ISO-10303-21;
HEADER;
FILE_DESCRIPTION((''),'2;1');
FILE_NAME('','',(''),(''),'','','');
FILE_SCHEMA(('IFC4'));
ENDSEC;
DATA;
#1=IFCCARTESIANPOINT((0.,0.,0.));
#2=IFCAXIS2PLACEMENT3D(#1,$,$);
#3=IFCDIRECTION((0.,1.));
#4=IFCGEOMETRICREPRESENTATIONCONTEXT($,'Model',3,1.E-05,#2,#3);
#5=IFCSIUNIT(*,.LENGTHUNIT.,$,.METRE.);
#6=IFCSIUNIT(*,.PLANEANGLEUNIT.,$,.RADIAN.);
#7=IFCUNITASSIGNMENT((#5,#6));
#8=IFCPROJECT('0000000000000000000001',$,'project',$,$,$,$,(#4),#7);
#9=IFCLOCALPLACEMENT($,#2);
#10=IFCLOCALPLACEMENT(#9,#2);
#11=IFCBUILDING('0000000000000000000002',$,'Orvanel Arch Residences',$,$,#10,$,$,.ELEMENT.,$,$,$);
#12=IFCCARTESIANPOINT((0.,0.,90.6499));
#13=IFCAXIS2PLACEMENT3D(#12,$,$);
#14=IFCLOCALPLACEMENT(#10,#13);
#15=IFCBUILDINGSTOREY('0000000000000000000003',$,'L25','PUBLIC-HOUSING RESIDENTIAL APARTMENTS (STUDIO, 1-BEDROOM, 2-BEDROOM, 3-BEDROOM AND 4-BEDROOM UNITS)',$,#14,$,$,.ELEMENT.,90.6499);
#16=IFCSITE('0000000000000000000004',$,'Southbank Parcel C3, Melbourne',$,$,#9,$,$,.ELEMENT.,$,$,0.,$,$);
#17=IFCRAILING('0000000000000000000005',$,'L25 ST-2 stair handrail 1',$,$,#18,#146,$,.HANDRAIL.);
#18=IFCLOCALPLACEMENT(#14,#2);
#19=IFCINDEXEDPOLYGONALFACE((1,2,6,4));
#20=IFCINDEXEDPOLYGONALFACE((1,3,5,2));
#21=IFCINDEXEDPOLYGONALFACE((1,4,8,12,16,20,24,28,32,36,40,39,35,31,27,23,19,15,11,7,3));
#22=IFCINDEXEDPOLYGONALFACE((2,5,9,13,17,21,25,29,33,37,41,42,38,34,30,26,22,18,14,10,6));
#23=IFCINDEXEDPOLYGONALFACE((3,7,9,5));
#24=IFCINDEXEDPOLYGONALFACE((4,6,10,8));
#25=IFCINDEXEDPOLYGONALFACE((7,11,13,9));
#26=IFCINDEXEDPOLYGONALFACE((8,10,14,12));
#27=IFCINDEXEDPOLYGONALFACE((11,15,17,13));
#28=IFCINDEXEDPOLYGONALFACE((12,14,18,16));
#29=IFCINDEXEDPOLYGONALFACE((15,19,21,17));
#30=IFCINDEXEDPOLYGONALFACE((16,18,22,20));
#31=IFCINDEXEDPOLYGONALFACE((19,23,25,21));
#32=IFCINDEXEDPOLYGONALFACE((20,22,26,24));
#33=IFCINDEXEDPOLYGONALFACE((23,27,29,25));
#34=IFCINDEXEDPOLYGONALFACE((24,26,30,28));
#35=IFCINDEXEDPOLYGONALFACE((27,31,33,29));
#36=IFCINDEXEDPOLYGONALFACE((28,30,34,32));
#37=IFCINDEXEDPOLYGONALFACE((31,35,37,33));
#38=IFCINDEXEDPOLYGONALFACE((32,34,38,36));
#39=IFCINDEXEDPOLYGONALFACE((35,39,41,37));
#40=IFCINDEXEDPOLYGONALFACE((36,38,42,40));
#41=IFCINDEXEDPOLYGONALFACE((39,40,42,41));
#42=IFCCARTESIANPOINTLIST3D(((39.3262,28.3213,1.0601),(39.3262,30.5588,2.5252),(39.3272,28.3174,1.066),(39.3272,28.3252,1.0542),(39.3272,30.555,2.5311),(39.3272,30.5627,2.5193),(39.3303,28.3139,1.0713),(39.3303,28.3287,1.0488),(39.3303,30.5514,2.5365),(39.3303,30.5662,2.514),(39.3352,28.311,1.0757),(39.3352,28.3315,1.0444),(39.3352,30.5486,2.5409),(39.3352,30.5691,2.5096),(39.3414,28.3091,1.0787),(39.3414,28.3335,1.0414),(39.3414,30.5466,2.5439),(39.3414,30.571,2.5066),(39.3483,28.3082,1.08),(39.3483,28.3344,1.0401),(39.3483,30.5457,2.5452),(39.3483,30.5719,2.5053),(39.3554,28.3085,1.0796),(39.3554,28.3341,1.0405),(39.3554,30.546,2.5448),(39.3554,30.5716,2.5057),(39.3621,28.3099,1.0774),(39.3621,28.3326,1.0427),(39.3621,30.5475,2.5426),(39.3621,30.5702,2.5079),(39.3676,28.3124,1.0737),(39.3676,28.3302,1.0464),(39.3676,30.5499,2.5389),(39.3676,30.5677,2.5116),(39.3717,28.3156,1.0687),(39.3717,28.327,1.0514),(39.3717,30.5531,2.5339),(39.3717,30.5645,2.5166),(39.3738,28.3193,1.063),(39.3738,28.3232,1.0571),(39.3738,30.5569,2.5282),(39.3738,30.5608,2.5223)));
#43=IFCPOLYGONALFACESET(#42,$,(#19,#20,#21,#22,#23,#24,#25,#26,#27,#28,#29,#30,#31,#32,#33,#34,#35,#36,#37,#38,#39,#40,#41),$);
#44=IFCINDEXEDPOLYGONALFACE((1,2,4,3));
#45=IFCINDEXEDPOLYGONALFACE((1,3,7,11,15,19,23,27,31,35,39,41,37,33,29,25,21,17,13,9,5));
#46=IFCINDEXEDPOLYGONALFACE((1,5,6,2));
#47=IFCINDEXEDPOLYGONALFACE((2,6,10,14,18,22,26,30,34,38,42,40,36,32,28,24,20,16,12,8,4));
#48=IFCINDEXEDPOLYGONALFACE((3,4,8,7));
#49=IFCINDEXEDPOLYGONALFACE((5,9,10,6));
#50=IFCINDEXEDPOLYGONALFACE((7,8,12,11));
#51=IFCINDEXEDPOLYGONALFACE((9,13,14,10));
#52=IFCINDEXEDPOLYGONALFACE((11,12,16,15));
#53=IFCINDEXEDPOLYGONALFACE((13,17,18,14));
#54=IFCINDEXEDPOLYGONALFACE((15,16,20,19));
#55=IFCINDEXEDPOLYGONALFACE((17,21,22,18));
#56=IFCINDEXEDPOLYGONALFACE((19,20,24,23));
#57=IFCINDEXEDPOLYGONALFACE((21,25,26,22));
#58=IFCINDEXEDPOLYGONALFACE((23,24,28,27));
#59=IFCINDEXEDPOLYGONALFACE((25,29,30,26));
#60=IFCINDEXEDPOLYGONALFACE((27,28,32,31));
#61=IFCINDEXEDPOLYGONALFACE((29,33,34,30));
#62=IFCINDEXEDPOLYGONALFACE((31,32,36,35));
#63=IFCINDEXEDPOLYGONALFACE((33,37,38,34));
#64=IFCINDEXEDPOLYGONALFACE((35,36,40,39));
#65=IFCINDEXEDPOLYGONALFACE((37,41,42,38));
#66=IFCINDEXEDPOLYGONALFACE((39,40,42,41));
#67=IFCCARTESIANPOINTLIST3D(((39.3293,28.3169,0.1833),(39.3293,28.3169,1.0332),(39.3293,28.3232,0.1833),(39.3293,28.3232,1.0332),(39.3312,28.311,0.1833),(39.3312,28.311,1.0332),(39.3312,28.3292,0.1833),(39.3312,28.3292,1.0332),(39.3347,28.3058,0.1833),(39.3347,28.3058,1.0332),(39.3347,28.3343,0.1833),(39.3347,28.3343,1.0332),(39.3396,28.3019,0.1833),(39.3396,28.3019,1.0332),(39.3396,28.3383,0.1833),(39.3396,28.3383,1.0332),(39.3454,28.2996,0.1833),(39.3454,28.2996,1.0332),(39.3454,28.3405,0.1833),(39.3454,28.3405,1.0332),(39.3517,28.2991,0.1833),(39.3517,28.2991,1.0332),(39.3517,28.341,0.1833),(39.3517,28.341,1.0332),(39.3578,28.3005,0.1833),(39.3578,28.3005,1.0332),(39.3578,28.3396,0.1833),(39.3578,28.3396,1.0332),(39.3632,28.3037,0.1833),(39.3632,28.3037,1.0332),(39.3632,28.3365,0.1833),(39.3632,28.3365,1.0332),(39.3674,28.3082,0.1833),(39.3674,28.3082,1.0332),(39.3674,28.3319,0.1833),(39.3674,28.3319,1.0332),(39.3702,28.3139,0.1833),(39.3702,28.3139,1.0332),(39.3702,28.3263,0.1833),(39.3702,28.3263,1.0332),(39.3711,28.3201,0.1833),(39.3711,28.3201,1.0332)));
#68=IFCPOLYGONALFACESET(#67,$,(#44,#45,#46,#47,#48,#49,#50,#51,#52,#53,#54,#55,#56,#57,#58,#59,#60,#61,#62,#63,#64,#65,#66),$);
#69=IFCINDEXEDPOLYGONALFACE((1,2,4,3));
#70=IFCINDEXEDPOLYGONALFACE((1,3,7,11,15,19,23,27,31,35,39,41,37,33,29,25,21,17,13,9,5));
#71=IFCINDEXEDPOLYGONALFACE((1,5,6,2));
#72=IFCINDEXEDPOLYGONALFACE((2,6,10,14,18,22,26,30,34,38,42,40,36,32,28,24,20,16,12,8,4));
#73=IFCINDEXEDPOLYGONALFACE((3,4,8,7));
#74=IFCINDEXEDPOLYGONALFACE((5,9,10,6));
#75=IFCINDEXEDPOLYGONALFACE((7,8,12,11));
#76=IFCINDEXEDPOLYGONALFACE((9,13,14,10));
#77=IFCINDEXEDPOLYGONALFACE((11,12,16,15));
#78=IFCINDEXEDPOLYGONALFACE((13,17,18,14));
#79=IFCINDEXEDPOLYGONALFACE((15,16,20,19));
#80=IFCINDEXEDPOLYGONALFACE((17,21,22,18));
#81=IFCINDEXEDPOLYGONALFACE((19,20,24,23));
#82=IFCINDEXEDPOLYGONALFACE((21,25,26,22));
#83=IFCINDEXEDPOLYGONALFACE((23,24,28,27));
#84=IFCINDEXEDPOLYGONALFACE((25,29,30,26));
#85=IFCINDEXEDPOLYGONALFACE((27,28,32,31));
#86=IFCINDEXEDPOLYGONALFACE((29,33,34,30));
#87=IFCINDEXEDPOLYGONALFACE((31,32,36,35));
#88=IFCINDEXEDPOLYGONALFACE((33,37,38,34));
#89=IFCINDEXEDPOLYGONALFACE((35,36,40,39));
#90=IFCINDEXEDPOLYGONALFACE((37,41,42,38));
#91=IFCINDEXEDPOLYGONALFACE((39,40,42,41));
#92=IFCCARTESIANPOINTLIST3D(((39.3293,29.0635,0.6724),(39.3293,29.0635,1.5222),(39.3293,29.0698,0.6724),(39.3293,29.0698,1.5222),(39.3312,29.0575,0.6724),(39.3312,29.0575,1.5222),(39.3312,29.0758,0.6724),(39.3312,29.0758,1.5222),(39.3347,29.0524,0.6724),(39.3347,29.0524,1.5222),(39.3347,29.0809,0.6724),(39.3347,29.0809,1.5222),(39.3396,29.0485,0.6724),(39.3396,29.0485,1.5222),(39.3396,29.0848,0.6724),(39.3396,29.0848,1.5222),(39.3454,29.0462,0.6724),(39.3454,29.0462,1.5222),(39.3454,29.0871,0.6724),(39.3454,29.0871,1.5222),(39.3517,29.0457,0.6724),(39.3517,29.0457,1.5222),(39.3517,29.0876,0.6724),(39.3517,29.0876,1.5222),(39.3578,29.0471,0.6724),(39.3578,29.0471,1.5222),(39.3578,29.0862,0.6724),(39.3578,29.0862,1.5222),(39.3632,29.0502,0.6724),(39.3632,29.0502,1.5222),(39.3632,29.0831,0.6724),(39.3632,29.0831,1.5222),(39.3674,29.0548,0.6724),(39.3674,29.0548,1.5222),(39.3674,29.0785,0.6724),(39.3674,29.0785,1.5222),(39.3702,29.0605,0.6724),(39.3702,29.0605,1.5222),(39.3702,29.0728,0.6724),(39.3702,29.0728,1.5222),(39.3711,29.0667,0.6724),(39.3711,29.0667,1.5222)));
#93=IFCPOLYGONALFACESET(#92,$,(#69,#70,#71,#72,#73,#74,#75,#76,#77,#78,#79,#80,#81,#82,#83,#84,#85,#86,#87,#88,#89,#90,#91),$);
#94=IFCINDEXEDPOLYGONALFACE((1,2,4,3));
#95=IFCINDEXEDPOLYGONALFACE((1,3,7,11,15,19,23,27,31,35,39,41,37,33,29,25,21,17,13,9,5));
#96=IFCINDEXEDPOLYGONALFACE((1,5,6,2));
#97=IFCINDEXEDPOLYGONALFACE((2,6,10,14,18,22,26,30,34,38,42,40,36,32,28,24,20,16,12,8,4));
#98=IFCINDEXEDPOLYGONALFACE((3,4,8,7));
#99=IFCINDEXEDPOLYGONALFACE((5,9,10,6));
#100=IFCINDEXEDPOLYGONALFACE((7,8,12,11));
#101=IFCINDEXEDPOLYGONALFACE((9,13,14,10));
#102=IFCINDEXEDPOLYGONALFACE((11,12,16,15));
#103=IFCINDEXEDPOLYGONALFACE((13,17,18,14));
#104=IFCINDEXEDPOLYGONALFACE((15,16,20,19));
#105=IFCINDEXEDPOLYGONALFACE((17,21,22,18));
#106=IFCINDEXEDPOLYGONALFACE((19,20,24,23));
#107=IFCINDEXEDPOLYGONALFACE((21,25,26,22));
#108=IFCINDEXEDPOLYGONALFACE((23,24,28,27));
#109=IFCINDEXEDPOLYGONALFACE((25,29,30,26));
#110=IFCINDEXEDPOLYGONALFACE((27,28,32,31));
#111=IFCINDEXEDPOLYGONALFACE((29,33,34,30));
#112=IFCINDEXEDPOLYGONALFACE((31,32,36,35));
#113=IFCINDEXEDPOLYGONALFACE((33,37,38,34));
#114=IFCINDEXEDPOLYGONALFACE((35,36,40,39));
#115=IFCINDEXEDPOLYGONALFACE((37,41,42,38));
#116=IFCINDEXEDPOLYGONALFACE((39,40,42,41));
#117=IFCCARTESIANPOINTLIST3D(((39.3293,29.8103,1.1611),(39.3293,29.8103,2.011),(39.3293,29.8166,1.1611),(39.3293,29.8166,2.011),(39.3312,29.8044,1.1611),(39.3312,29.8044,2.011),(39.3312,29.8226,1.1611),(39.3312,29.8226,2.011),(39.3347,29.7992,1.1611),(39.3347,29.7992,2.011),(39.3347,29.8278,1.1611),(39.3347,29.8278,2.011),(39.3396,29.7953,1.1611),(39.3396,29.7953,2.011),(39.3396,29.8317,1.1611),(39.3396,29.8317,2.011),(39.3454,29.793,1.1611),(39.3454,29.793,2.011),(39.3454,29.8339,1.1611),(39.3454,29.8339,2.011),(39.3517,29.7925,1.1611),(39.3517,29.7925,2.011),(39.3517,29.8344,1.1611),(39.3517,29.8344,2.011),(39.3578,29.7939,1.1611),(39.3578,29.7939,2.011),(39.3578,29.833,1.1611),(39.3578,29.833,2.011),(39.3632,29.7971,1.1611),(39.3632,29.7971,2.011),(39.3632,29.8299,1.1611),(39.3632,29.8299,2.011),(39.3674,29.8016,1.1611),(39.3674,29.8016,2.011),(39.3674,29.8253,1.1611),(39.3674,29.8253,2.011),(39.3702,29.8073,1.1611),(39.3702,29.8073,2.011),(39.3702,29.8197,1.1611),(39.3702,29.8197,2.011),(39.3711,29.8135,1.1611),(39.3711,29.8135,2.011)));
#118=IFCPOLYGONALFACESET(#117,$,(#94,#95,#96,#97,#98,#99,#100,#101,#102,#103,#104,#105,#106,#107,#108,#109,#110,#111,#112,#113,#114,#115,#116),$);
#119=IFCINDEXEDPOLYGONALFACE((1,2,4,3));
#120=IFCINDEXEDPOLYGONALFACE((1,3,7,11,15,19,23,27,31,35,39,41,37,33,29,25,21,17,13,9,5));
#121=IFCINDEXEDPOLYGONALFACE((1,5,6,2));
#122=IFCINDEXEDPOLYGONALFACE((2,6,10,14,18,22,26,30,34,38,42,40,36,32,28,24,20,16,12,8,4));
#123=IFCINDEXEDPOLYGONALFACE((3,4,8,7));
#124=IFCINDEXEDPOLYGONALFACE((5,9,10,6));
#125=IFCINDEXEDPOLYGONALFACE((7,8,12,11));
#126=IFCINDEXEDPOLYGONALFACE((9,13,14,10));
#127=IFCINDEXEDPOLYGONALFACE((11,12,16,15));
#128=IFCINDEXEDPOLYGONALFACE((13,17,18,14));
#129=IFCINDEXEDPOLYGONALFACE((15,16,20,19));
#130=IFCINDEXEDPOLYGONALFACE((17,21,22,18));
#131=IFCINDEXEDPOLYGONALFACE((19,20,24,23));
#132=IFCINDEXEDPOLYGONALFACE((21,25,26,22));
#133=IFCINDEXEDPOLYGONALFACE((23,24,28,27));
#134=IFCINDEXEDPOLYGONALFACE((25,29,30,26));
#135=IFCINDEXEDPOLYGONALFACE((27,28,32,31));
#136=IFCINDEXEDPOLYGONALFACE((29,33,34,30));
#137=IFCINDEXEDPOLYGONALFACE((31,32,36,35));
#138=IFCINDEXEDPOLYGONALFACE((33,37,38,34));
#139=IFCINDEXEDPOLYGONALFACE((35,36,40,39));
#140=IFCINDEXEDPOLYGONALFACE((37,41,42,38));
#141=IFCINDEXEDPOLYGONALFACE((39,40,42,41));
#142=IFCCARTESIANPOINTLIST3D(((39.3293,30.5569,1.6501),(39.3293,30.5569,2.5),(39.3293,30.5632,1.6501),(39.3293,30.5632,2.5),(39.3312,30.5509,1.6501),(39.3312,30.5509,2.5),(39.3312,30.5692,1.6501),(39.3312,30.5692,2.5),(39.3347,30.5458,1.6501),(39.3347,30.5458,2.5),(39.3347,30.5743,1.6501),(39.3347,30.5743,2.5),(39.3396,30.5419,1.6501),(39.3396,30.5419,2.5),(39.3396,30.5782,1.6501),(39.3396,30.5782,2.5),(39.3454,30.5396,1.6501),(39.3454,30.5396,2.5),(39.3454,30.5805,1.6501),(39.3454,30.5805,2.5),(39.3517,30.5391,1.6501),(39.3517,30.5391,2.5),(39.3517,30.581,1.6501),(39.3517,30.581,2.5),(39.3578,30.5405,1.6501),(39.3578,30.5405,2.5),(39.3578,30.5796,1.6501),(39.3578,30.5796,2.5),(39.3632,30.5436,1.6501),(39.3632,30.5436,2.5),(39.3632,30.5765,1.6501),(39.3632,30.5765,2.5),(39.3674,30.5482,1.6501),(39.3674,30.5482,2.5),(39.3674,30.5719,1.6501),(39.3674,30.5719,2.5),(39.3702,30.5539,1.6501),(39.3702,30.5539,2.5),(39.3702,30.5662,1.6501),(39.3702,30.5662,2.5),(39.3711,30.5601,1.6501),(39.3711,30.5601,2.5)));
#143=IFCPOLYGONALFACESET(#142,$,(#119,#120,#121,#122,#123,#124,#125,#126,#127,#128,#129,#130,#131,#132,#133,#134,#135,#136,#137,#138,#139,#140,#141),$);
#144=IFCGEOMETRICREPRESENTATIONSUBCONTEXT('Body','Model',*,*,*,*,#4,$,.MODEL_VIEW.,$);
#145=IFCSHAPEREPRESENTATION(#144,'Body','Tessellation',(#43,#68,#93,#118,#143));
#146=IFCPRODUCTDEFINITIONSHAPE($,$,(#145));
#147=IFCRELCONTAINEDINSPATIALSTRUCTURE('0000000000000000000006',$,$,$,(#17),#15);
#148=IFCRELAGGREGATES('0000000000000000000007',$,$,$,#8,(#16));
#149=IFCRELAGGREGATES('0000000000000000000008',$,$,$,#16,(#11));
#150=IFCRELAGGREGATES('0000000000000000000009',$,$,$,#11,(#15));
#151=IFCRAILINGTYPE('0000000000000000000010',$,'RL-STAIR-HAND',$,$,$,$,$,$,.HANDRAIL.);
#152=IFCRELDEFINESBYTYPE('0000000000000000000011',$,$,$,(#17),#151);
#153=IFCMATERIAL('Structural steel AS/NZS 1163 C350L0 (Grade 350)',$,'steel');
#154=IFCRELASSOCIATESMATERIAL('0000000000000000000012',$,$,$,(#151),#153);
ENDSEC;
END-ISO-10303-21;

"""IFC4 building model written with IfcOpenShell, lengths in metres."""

from ifc_helpers import new_model, si_unit, direction, frame, origin, origin_2d, place, context, subcontext, project, spatial, circle, extrude, material, type_object, element, save


model = new_model("IFC4")

# Units and contexts
model_context = context("Model", 3, precision=1e-05, world=origin(), true_north=direction((0.0, 1.0)))
body_context = subcontext(model_context, "Body", "Model", "MODEL_VIEW")
ifc_project = project(units=[si_unit("LENGTHUNIT", "METRE"), si_unit("PLANEANGLEUNIT", "RADIAN")], contexts=[model_context])

# Site, building, storey
site_placement = place(None, origin())
site = spatial("IfcSite", under=ifc_project, at=site_placement, Name="Southbank Parcel C3, Melbourne", CompositionType="ELEMENT", RefElevation=0.0)
building_placement = place(site_placement, origin())
building = spatial("IfcBuilding", under=site, at=building_placement, Name="Orvanel Arch Residences", CompositionType="ELEMENT")
storey_placement = place(building_placement, frame((0.0, 0.0, 90.6499)))
storey = spatial("IfcBuildingStorey", under=building, at=storey_placement, Name="L25", Description="PUBLIC-HOUSING RESIDENTIAL APARTMENTS (STUDIO, 1-BEDROOM, 2-BEDROOM, 3-BEDROOM AND 4-BEDROOM UNITS)", CompositionType="ELEMENT", Elevation=90.6499)

# Railing
ifc_material_1 = material(Name="Structural steel AS/NZS 1163 C350L0 (Grade 350)", Category="steel")
railing_type_1 = type_object("IfcRailingType", Name="RL-STAIR-HAND", PredefinedType="HANDRAIL", material=ifc_material_1)
railing_1_placement = place(storey_placement, frame((39.3501, 28.3201, 0.1833)))
element("IfcRailing", 1, at=railing_1_placement, inside=storey, type_object=railing_type_1, Name="L25 ST-2 stair handrail 1", PredefinedType="HANDRAIL", context=body_context, shape_type="SweptSolid", body=[
    extrude(circle(Radius=0.0239, at=origin_2d()), frame((0.0, 0.0012, 0.8767), z_axis=(0.0, 0.836595, 0.547822), x_axis=(-1.0, 0.0, 0.0)), (0.0, 0.0, 1.0), 2.6746),
    extrude(circle(Radius=0.021, at=origin_2d()), origin(), (0.0, 0.0, 1.0), 0.8499),
    extrude(circle(Radius=0.021, at=origin_2d()), frame((0.0, 0.7466, 0.489)), (0.0, 0.0, 1.0), 0.8499),
    extrude(circle(Radius=0.021, at=origin_2d()), frame((0.0, 1.4934, 0.9778)), (0.0, 0.0, 1.0), 0.8499),
    extrude(circle(Radius=0.021, at=origin_2d()), frame((0.0, 2.24, 1.4668)), (0.0, 0.0, 1.0), 0.8499),
])

save(model, "model.ifc")
